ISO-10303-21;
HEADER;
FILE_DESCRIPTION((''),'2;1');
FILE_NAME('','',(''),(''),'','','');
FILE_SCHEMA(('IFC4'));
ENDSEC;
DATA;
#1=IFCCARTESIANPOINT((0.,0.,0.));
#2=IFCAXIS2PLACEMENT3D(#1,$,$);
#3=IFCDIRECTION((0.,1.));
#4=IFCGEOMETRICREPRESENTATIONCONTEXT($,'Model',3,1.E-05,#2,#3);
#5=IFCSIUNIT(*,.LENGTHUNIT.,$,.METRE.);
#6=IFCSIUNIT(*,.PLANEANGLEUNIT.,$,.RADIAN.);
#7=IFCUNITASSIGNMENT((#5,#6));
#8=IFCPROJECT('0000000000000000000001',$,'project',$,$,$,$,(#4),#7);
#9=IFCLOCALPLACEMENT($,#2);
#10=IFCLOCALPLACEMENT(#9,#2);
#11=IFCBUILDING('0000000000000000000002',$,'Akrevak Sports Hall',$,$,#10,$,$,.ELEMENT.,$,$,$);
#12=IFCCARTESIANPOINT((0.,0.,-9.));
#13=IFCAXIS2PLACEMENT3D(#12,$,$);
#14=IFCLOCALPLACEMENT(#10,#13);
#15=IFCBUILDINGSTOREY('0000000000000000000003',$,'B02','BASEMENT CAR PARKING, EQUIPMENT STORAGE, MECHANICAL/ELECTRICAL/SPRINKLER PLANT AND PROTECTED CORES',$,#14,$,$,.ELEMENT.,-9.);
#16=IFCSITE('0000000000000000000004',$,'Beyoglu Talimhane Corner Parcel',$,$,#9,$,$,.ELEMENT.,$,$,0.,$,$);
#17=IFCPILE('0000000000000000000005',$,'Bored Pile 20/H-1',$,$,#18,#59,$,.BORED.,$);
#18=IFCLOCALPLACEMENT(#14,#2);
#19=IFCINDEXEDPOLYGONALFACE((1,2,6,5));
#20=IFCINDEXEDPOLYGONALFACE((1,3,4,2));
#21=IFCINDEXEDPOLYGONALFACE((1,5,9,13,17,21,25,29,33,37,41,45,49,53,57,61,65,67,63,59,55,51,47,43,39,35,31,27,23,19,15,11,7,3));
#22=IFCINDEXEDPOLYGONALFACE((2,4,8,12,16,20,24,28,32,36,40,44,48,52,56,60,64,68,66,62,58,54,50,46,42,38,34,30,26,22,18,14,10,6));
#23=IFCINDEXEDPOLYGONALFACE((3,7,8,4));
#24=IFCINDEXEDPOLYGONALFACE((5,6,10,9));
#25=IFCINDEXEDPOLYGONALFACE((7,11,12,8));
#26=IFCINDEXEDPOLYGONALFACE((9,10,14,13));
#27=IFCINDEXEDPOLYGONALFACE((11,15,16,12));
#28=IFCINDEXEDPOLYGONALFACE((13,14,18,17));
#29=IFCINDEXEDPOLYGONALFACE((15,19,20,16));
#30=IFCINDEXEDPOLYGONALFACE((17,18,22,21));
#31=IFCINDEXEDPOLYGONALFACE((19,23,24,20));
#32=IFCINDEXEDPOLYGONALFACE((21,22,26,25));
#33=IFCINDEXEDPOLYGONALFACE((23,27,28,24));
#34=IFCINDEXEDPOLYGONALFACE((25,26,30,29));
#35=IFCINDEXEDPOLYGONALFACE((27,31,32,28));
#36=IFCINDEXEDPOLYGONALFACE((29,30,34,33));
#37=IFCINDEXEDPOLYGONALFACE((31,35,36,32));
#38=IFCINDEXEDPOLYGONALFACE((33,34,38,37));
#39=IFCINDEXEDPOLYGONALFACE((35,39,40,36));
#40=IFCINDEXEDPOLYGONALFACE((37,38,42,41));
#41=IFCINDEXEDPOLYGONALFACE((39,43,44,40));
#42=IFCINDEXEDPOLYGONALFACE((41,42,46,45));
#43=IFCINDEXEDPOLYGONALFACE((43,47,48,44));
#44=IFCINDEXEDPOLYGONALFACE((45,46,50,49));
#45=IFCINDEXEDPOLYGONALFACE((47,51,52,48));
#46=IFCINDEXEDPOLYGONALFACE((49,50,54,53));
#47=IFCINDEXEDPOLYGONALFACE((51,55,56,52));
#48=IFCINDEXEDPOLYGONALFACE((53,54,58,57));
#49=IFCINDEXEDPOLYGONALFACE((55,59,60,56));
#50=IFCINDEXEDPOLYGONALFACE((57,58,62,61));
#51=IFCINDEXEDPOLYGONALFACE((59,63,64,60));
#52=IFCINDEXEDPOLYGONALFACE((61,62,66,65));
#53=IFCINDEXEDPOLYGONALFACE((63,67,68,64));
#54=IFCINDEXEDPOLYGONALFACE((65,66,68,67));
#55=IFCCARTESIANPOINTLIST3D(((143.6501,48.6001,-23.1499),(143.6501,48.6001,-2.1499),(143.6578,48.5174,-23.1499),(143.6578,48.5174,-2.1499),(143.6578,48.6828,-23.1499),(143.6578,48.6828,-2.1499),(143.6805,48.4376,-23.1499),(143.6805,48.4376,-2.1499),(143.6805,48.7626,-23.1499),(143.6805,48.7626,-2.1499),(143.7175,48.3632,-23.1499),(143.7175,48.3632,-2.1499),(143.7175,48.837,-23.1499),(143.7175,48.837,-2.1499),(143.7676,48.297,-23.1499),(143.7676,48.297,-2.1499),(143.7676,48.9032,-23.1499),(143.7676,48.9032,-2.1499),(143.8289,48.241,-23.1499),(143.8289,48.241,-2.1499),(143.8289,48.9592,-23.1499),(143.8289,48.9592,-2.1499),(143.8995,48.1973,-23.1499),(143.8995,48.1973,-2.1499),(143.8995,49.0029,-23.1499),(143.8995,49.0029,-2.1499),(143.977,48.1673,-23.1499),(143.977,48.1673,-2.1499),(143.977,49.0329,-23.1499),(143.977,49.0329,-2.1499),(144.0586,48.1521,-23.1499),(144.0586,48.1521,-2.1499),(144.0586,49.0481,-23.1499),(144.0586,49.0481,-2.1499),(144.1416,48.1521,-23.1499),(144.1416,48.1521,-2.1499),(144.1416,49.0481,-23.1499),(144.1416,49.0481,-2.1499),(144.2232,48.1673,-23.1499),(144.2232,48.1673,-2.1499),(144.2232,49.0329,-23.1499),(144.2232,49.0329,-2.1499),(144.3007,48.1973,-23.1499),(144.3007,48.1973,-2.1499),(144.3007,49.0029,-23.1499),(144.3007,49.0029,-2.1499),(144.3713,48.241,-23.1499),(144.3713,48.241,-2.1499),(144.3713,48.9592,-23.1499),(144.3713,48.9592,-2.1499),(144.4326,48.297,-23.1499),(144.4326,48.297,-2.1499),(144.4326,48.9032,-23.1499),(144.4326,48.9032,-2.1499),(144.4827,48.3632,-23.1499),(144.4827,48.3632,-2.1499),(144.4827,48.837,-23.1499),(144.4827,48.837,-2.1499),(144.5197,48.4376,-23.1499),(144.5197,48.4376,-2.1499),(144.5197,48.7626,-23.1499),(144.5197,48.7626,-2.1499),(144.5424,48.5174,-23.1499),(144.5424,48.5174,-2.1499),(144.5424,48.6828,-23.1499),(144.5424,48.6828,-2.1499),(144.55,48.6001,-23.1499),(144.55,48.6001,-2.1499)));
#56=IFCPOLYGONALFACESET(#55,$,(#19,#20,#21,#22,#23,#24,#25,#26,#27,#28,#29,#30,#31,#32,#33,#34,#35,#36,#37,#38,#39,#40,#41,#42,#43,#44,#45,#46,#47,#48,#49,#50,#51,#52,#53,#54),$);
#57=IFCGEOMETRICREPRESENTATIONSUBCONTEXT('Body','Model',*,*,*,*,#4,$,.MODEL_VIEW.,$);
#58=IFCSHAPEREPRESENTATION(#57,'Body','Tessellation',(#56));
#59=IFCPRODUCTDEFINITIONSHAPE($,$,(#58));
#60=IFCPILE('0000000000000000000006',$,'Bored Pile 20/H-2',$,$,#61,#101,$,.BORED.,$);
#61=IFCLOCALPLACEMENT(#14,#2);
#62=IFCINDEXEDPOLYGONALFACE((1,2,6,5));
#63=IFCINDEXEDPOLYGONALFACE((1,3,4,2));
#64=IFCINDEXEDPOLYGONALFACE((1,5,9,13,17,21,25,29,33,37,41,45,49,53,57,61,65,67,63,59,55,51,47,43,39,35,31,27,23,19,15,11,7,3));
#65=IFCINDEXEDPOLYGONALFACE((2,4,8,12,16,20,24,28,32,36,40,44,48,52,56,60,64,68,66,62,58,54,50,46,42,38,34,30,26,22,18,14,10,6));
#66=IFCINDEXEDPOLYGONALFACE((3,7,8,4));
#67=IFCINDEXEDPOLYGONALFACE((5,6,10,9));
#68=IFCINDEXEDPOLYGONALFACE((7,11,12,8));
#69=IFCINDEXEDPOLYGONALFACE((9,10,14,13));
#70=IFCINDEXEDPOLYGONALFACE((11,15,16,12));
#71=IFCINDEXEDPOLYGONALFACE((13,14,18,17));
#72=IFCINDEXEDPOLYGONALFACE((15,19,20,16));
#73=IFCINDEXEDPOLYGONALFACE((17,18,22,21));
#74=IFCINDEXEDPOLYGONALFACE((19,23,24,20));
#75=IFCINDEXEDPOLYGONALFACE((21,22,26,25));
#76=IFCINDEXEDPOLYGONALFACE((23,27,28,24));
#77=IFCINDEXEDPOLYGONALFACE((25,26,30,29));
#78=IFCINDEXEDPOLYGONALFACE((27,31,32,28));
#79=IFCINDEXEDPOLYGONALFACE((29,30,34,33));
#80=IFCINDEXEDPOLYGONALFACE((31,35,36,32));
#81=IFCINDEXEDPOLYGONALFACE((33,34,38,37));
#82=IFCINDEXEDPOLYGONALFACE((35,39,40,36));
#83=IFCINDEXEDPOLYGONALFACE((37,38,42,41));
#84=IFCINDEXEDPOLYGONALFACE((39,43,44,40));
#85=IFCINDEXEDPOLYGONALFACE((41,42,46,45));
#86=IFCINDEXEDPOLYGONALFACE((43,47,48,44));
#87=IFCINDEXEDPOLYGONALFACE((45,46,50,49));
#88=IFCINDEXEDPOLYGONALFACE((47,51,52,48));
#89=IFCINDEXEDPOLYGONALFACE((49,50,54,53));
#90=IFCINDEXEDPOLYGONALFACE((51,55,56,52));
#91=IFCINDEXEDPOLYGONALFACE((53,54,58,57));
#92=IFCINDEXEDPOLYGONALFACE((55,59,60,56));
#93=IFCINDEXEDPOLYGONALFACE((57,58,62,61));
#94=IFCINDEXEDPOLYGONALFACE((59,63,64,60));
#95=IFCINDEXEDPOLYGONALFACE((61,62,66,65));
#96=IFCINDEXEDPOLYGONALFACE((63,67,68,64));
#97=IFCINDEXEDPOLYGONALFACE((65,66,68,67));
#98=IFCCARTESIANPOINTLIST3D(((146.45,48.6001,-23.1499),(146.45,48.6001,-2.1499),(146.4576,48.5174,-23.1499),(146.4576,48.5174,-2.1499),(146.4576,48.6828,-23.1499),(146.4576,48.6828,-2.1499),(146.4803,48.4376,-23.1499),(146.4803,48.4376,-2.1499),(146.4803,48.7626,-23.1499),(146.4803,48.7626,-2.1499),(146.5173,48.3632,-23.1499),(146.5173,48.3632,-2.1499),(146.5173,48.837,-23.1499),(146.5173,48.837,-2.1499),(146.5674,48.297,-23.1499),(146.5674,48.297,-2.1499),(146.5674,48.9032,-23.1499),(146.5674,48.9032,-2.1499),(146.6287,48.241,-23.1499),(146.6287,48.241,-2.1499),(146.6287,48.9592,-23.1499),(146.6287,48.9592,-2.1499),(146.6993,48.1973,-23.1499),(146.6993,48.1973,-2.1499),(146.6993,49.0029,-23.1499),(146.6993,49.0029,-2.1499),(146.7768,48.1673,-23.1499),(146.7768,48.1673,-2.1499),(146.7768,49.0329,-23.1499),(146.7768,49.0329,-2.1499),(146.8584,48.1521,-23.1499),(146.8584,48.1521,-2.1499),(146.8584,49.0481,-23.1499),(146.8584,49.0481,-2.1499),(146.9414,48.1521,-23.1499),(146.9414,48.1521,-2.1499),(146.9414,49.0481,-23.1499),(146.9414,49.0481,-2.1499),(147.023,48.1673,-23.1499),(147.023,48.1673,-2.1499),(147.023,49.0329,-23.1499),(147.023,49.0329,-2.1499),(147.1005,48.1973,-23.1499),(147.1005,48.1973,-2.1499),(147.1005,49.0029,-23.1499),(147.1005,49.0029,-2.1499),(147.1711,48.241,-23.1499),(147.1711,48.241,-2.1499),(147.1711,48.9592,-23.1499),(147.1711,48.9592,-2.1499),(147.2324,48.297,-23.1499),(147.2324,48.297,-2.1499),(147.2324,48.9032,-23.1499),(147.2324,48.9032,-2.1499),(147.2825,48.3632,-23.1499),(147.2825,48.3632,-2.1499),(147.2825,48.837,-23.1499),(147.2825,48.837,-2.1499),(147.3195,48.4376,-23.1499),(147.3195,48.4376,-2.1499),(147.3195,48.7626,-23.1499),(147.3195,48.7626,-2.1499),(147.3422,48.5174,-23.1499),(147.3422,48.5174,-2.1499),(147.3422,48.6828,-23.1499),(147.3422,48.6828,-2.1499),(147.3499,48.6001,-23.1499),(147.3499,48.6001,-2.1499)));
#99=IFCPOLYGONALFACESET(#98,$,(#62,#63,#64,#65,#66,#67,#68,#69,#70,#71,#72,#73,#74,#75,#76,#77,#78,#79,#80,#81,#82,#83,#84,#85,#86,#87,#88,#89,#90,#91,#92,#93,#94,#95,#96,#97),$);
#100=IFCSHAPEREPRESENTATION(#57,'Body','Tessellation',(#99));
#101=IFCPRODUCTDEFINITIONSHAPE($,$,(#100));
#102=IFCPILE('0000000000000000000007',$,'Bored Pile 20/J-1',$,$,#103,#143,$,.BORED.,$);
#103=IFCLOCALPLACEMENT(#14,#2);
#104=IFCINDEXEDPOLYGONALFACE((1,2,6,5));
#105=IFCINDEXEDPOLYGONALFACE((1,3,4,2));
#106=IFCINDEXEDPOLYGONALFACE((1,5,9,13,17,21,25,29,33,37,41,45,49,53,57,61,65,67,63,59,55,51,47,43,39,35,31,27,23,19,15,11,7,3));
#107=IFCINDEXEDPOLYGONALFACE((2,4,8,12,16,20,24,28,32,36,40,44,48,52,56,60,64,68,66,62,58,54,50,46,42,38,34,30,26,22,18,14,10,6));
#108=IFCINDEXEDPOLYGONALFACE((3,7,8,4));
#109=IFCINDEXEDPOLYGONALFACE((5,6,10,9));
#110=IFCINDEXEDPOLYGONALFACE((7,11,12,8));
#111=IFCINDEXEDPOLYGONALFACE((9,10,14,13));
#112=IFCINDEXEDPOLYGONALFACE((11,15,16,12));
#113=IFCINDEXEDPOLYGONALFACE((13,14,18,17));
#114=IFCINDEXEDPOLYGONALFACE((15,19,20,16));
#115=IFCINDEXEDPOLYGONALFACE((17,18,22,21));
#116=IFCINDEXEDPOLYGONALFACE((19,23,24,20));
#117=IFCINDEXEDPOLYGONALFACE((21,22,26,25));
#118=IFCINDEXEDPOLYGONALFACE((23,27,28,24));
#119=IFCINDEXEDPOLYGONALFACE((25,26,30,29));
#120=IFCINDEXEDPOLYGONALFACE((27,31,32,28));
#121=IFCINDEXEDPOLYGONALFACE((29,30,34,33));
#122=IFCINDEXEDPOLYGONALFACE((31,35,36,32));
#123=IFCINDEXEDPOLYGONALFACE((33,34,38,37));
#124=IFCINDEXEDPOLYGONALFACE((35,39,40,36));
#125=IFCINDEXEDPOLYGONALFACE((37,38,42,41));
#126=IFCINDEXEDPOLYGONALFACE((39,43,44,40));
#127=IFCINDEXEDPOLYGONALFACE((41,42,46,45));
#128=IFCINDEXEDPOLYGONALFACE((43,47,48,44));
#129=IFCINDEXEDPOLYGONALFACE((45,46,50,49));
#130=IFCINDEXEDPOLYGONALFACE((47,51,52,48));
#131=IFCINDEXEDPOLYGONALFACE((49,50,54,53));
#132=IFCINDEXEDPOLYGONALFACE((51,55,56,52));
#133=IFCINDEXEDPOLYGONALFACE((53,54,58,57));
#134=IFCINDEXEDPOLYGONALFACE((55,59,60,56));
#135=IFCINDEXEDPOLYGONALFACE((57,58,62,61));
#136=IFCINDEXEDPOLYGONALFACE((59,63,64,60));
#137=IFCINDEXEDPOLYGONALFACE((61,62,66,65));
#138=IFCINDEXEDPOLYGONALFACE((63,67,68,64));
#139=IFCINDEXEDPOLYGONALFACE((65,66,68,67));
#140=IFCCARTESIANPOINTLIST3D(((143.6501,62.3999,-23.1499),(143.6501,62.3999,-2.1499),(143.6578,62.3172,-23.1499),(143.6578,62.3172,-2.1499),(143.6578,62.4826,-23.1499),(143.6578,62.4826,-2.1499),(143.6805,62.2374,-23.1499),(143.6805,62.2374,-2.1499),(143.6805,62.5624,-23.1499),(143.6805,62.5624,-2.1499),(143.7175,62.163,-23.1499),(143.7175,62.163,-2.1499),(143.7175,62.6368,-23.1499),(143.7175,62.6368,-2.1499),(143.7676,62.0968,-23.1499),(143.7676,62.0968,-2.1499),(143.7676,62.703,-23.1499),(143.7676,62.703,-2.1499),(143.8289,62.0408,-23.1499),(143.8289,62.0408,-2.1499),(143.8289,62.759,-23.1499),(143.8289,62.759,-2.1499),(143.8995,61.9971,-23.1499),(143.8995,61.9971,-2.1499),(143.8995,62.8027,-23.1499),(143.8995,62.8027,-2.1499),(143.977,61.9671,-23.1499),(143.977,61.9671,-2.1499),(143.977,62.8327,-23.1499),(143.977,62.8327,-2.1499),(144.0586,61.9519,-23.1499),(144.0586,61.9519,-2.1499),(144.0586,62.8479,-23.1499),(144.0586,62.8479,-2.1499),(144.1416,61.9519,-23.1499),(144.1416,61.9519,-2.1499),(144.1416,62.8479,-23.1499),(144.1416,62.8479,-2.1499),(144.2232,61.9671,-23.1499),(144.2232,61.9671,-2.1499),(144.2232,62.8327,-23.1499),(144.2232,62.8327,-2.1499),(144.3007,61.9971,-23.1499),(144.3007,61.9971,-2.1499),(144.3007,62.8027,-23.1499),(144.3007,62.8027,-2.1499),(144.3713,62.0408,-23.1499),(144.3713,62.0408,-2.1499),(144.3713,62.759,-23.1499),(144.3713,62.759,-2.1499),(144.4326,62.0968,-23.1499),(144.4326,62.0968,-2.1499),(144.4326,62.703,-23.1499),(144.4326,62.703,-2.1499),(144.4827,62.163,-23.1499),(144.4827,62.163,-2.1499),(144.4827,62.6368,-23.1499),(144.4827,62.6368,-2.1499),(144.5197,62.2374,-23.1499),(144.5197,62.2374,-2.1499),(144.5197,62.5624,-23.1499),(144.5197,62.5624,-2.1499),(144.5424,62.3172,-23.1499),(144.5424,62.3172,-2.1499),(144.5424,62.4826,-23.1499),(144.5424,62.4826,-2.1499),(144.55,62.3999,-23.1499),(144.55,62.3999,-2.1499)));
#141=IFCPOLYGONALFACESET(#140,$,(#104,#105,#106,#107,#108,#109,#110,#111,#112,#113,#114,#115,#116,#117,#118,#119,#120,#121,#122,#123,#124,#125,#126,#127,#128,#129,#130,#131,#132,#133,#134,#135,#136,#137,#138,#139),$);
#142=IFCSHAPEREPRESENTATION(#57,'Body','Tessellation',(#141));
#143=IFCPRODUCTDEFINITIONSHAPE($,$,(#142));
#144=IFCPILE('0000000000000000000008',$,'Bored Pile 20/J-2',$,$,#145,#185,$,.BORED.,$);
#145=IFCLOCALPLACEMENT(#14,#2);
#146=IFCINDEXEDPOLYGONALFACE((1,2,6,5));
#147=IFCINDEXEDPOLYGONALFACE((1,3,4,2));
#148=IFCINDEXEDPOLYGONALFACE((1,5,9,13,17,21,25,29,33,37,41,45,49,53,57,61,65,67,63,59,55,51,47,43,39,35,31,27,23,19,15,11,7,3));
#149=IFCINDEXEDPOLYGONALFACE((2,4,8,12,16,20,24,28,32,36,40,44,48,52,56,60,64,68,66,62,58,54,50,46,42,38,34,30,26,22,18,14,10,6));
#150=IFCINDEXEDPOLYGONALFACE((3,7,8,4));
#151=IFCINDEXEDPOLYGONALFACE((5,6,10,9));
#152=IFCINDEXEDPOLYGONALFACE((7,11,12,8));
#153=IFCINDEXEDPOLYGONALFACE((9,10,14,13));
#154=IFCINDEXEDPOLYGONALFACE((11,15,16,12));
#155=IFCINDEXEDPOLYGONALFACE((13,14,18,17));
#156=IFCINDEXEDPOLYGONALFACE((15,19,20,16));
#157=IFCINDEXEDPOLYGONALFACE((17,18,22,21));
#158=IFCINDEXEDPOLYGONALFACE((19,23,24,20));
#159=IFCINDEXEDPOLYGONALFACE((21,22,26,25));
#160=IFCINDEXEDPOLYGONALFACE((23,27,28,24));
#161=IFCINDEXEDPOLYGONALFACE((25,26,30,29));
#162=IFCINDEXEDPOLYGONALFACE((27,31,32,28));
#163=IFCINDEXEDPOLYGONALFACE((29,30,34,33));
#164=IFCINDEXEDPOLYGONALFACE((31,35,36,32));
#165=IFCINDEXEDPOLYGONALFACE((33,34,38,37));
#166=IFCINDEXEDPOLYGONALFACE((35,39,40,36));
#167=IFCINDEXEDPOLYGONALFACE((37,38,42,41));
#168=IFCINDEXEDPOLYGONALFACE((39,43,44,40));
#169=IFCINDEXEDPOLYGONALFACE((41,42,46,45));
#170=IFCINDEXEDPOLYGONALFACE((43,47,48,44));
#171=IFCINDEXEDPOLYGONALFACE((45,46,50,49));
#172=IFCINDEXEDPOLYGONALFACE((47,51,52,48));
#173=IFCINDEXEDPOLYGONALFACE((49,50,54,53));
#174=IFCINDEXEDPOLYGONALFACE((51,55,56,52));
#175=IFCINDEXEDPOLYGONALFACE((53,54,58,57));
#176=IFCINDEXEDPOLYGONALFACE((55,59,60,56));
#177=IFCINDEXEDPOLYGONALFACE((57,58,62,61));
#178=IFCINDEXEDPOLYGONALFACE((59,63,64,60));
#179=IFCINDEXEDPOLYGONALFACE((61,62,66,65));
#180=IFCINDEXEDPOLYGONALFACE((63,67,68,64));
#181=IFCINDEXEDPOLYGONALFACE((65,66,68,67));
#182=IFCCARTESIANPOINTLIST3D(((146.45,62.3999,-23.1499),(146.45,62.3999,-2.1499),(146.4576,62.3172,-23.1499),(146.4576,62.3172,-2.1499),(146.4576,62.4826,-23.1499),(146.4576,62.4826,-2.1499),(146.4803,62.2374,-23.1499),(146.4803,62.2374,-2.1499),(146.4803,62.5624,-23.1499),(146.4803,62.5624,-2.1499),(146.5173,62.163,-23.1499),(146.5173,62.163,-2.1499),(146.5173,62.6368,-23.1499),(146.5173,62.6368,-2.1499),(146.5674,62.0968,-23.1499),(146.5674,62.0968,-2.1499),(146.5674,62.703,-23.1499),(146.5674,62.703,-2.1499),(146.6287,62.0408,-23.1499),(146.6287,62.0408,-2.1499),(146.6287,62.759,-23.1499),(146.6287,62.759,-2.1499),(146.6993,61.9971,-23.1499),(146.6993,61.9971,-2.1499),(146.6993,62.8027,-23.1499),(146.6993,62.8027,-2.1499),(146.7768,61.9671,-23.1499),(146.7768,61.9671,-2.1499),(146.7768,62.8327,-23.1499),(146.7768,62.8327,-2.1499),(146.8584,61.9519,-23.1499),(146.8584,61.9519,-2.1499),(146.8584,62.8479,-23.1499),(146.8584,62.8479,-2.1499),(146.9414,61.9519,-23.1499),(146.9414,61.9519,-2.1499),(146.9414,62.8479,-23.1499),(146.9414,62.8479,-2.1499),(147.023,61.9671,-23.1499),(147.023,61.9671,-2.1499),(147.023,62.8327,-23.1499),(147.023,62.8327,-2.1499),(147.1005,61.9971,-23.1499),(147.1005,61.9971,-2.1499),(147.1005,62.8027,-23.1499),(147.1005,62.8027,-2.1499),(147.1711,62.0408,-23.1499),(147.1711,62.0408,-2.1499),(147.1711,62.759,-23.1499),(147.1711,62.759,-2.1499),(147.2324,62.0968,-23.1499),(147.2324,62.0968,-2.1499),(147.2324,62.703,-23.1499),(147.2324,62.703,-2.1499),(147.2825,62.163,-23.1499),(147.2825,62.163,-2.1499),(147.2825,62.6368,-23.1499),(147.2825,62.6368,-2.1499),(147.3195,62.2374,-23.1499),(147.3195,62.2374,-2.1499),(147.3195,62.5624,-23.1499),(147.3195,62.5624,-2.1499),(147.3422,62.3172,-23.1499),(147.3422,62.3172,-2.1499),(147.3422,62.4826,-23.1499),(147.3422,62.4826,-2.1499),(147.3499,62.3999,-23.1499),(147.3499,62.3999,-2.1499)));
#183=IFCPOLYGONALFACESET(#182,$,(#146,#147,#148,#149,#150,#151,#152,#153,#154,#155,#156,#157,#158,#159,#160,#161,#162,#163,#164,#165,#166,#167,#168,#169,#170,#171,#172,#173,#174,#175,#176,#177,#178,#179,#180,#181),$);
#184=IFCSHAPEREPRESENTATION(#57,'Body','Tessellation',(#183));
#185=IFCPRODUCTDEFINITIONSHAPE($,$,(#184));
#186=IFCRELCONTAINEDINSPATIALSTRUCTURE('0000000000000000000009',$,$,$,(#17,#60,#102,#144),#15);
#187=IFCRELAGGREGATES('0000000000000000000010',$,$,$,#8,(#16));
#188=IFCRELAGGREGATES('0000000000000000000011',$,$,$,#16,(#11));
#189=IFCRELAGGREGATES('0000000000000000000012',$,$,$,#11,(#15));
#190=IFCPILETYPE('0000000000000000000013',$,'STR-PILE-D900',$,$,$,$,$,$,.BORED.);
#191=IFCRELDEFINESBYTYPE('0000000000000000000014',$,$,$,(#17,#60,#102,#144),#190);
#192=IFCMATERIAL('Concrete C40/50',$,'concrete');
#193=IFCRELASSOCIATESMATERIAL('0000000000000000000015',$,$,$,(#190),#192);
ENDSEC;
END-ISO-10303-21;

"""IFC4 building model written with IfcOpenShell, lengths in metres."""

from ifc_helpers import new_model, si_unit, direction, frame, origin, origin_2d, place, context, subcontext, project, spatial, circle, extrude, material, material_profile, profile_set, type_object, element, save


model = new_model("IFC4")

# Units and contexts
model_context = context("Model", 3, precision=1e-05, world=origin(), true_north=direction((0.0, 1.0)))
body_context = subcontext(model_context, "Body", "Model", "MODEL_VIEW")
ifc_project = project(units=[si_unit("LENGTHUNIT", "METRE"), si_unit("PLANEANGLEUNIT", "RADIAN")], contexts=[model_context])

# Site, building, storey
site_placement = place(None, origin())
site = spatial("IfcSite", under=ifc_project, at=site_placement, Name="Beyoglu Talimhane Corner Parcel", CompositionType="ELEMENT", RefElevation=0.0)
building_placement = place(site_placement, origin())
building = spatial("IfcBuilding", under=site, at=building_placement, Name="Akrevak Sports Hall", CompositionType="ELEMENT")
storey_placement = place(building_placement, frame((0.0, 0.0, -9.0)))
storey = spatial("IfcBuildingStorey", under=building, at=storey_placement, Name="B02", Description="BASEMENT CAR PARKING, EQUIPMENT STORAGE, MECHANICAL/ELECTRICAL/SPRINKLER PLANT AND PROTECTED CORES", CompositionType="ELEMENT", Elevation=-9.0)

# Shared definitions
ifc_material_1 = material(Name="Concrete C40/50", Category="concrete")

# Piles
ifc_material_profile_1 = material_profile(ifc_material_1, circle(Radius=0.45, at=origin_2d()), Name="BORED PILE D900", Category="concrete")
ifc_profile_set_1 = profile_set([ifc_material_profile_1], Name="Concrete C40/50")
pile_type_1 = type_object("IfcPileType", Name="STR-PILE-D900", PredefinedType="BORED", material=ifc_profile_set_1)
for number, where, z_axis, x_axis, name in (
    (1, (144.1001, 48.6001, -2.1499), (0.0, 0.0, -1.0), (1.0, 0.0, 0.0), "Bored Pile 20/H-1"),
    (2, (146.8999, 48.6001, -2.1499), (0.0, 0.0, -1.0), (1.0, 0.0, 0.0), "Bored Pile 20/H-2"),
    (3, (144.1001, 62.3999, -2.1499), (0.0, 0.0, -1.0), (1.0, 0.0, 0.0), "Bored Pile 20/J-1"),
    (4, (146.8999, 62.3999, -2.1499), (0.0, 0.0, -1.0), (1.0, 0.0, 0.0), "Bored Pile 20/J-2"),
):
    element("IfcPile", number, at=place(storey_placement, frame(where, z_axis=z_axis, x_axis=x_axis)), inside=storey, type_object=pile_type_1, Name=name, PredefinedType="BORED", context=body_context, shape_type="SweptSolid", body=[
        extrude(circle(Radius=0.45, at=origin_2d()), origin(), (0.0, 0.0, 1.0), 21.0),
    ])

save(model, "model.ifc")
